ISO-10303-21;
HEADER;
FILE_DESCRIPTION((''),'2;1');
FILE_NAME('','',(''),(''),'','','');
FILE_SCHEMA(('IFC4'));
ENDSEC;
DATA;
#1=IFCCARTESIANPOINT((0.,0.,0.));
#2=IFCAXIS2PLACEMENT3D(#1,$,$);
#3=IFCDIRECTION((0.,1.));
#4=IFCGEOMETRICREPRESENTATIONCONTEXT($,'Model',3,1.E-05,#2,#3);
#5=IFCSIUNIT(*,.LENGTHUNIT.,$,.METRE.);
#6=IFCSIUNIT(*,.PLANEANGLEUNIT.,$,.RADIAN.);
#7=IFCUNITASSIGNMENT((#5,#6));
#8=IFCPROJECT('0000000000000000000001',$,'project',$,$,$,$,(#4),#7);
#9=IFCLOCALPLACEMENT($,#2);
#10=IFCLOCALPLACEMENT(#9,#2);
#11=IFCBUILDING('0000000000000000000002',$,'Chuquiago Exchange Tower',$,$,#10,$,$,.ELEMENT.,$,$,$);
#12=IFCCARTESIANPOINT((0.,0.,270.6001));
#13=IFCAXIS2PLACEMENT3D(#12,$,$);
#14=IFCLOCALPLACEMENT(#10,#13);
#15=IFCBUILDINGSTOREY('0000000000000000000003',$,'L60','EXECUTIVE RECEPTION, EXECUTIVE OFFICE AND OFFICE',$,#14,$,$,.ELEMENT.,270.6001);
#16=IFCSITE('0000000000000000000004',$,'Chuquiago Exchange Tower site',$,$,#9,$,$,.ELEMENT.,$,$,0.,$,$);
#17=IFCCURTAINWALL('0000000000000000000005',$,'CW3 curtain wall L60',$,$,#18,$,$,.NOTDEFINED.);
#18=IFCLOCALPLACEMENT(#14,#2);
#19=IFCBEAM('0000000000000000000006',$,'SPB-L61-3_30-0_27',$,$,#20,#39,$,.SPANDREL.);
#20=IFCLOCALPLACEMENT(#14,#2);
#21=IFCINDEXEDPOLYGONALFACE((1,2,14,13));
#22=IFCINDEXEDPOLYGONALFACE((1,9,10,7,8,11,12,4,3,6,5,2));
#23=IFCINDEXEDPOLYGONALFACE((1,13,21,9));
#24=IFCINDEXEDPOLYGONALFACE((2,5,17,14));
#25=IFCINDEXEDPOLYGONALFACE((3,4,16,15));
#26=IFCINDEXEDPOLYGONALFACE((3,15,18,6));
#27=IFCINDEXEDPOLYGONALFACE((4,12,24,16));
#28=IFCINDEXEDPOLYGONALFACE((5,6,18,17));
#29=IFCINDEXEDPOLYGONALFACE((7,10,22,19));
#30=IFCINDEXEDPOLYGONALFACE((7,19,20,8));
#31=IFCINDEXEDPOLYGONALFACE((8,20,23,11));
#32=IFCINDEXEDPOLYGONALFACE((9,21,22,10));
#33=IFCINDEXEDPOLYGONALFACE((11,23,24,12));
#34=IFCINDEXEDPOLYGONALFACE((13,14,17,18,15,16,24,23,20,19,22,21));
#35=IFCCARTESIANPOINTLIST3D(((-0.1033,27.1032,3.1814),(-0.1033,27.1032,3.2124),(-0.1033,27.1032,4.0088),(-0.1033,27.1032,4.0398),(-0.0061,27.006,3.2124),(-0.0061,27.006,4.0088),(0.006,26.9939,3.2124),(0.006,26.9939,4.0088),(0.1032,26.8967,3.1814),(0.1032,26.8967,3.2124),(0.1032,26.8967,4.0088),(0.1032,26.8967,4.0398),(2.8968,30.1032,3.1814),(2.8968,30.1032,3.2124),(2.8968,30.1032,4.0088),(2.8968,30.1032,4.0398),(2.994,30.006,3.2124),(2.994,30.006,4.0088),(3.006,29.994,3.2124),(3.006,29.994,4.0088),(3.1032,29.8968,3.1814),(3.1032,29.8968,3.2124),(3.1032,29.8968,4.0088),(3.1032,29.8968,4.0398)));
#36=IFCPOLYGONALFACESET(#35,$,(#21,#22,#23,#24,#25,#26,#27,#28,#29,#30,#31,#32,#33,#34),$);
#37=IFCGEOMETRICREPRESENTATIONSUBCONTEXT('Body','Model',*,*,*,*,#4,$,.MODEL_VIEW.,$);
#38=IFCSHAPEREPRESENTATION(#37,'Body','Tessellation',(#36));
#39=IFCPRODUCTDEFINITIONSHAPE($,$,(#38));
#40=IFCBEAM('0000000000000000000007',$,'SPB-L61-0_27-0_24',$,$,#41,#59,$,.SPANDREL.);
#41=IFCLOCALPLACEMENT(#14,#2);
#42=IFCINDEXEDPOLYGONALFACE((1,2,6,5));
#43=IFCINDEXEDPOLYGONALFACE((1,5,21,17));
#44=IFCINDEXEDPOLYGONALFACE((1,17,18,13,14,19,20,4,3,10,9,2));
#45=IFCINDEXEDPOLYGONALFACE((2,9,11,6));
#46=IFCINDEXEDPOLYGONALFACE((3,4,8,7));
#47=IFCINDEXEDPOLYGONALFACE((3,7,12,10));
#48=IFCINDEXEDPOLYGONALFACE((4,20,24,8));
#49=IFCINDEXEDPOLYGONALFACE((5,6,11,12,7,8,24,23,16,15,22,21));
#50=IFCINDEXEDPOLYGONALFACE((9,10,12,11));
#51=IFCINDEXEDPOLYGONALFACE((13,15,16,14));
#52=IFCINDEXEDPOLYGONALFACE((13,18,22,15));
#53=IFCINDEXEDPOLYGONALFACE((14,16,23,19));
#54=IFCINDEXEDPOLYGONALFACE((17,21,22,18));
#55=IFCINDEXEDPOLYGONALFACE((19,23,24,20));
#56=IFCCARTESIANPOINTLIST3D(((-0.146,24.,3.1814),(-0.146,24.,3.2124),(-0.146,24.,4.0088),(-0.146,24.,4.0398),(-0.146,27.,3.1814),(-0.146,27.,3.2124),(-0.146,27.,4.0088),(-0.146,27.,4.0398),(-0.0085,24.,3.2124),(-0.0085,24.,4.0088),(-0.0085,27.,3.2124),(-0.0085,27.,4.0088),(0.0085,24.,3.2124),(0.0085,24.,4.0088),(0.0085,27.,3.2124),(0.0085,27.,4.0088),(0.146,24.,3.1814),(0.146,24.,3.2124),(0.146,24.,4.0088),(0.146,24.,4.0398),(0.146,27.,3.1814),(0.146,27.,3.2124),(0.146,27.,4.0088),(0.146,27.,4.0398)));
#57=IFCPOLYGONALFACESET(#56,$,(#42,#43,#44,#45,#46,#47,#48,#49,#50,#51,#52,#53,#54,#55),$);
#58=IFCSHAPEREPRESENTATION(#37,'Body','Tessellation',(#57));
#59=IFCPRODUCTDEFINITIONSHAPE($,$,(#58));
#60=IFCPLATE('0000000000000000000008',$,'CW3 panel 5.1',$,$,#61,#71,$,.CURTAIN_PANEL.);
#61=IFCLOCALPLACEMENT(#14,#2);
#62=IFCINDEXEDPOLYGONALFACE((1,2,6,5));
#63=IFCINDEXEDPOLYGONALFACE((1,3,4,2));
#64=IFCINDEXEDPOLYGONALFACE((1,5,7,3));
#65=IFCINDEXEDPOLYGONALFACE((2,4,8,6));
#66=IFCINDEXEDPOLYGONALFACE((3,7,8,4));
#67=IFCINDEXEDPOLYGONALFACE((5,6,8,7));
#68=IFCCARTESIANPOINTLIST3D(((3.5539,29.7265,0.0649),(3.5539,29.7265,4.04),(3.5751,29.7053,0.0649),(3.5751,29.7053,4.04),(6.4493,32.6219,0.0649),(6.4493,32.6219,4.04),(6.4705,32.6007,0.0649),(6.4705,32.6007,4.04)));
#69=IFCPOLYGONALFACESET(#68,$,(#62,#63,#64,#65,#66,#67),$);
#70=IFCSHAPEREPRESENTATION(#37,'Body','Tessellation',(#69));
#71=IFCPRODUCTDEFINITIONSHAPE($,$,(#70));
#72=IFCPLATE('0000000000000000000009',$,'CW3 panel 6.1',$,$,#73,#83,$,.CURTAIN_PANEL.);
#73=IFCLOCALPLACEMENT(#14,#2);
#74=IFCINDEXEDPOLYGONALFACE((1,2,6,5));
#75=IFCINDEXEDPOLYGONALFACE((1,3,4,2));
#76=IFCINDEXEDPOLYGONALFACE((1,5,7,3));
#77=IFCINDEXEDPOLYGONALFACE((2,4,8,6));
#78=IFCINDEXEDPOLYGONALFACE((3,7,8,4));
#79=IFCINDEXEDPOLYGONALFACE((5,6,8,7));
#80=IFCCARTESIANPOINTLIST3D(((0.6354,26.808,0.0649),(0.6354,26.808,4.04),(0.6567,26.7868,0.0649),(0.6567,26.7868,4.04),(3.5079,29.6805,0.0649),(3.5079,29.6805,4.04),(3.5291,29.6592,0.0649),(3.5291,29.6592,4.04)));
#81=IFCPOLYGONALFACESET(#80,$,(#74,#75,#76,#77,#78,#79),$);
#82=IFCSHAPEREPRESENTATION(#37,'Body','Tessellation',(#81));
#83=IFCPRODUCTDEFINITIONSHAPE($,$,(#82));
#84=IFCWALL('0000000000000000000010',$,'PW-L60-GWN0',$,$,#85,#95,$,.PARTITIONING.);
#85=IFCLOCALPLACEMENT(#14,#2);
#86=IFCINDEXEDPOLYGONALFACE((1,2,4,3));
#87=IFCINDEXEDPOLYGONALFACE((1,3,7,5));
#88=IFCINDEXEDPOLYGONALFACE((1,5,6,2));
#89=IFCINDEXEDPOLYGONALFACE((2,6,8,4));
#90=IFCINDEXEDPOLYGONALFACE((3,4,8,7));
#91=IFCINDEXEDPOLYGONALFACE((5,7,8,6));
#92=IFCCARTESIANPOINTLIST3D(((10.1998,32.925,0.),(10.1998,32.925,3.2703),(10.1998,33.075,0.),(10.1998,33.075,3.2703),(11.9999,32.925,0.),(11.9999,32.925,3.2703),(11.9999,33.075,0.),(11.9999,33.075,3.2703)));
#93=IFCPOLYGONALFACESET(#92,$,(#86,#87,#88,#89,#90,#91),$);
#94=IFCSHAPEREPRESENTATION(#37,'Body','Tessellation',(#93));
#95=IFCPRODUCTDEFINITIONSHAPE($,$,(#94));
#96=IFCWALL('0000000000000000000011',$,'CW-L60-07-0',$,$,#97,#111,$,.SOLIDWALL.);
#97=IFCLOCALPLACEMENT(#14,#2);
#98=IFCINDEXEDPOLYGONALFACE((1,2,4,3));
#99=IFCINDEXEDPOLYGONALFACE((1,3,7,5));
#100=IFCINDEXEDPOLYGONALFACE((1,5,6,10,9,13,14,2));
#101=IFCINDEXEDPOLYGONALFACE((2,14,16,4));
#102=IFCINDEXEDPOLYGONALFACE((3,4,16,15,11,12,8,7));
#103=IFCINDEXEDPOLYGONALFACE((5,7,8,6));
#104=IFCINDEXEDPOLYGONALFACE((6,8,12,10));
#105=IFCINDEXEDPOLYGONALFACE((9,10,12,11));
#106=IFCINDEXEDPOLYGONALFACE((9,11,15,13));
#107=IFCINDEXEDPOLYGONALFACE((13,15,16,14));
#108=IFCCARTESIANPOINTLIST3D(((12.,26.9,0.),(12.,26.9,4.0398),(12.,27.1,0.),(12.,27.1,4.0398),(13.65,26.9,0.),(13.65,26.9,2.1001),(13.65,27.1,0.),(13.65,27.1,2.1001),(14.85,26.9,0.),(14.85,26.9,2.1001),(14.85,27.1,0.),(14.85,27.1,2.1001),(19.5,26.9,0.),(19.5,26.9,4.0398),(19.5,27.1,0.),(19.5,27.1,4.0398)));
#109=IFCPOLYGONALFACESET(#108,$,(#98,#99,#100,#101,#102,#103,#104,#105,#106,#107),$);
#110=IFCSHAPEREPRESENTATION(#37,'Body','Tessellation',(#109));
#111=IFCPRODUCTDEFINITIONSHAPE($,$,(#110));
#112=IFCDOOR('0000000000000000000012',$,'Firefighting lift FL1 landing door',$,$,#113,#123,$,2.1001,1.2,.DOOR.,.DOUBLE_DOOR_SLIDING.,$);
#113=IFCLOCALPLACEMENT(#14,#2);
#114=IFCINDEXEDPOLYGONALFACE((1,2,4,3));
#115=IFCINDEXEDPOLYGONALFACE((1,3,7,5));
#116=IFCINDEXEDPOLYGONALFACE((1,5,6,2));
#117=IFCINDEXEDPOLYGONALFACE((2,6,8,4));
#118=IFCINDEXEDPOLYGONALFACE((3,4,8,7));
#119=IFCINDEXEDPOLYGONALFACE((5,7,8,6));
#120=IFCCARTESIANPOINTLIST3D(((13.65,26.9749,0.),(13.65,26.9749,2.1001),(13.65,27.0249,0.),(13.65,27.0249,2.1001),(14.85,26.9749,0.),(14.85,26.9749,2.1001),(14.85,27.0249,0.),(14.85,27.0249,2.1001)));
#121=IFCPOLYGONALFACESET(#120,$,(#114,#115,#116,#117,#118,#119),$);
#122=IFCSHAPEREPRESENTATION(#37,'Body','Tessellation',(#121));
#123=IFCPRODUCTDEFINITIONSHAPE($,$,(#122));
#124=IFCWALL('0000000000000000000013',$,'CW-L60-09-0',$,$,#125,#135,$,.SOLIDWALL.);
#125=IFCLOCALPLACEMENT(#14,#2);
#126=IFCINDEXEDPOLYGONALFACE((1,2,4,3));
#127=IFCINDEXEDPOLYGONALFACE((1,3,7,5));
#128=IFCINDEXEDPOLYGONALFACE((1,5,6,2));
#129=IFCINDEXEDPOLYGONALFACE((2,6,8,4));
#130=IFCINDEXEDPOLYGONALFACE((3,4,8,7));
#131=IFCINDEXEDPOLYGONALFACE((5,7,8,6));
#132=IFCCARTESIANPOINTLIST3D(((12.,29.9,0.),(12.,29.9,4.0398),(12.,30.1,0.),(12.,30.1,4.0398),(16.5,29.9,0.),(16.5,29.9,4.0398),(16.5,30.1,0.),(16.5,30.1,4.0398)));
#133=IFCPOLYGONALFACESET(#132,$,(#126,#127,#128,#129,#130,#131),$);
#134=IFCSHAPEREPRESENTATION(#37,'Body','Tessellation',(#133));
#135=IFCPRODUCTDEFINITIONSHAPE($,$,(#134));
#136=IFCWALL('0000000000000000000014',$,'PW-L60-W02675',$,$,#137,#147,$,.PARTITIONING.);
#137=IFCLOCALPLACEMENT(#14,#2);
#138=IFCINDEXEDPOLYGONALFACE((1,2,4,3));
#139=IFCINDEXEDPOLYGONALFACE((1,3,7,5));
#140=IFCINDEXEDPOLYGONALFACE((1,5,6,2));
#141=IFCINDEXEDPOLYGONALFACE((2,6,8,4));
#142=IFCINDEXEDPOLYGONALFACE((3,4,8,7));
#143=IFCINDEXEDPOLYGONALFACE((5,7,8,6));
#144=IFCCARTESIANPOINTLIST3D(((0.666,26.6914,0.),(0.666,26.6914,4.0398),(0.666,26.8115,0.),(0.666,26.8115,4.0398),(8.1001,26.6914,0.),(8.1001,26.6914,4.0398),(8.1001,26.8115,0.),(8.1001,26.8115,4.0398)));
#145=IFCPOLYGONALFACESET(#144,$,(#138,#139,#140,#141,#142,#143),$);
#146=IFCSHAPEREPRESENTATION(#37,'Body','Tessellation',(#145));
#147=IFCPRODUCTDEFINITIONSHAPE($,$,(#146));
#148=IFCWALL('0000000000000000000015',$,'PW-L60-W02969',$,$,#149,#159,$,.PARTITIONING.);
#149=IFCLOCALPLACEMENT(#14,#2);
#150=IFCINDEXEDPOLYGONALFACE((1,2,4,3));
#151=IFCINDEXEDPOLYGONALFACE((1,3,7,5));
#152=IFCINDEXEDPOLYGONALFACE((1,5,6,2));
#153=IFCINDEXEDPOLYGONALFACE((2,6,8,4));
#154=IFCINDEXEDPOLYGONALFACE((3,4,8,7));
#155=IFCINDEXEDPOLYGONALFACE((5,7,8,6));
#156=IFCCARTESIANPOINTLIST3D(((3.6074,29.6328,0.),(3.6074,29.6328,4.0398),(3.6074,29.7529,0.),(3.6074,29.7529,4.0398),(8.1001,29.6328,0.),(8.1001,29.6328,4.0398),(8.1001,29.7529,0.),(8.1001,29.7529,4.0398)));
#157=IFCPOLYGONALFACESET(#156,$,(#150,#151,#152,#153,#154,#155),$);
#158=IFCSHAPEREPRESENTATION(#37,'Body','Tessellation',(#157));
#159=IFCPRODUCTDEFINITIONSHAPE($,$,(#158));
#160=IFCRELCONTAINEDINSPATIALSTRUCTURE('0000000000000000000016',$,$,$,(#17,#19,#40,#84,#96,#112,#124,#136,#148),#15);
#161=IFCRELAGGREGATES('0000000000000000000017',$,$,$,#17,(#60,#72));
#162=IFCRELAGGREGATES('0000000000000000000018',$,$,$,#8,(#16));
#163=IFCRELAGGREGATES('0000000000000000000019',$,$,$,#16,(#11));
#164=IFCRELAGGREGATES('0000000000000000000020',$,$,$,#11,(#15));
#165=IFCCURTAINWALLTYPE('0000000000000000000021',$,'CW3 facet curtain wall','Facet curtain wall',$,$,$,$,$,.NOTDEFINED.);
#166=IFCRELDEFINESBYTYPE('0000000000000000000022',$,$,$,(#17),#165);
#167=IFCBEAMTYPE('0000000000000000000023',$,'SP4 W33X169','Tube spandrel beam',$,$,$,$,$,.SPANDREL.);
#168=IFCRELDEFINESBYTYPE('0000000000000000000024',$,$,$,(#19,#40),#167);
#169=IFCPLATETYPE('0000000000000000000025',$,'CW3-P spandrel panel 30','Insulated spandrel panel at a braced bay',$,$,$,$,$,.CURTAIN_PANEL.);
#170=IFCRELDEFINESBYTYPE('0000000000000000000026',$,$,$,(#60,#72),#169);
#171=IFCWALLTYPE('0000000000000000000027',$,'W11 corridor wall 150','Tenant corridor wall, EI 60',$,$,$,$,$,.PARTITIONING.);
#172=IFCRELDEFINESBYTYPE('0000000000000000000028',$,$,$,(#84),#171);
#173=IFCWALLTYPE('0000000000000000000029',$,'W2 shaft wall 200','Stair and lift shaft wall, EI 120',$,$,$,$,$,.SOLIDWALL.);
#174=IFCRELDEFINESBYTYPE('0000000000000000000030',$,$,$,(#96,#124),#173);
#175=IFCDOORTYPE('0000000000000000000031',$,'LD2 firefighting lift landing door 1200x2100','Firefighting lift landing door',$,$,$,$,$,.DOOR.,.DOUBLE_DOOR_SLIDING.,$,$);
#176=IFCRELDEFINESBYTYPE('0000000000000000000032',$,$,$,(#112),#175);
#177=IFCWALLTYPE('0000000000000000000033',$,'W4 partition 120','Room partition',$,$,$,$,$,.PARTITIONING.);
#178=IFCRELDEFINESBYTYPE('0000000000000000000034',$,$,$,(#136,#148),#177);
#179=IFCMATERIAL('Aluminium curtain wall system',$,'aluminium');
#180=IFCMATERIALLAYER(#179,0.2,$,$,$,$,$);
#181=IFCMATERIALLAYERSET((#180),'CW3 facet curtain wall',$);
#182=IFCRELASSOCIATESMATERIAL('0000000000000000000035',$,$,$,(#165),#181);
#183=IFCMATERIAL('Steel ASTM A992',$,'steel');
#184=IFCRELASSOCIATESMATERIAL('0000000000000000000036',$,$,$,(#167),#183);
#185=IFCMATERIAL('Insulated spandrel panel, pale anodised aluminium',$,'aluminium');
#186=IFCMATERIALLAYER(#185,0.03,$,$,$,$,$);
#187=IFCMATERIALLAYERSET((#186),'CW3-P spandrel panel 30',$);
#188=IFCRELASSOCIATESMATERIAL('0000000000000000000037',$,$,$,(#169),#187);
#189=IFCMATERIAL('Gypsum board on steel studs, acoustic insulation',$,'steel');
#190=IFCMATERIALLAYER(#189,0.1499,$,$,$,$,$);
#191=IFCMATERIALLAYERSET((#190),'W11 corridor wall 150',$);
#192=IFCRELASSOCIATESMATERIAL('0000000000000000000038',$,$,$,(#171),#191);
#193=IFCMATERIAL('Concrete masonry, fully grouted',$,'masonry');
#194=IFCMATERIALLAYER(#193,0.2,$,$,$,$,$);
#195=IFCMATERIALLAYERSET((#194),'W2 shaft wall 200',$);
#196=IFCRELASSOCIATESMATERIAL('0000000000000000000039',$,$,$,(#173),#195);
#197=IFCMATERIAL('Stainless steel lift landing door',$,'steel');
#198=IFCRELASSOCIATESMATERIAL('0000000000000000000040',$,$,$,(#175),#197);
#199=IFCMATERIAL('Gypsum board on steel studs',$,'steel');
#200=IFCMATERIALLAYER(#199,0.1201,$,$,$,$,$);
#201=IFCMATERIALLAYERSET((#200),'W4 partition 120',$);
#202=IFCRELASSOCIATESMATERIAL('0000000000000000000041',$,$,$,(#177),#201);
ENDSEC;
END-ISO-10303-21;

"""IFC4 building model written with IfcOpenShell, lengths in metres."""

from ifc_helpers import new_model, si_unit, direction, frame, frame_2d, origin, origin_2d, place, context, subcontext, project, spatial, rectangle, i_section, extrude, material, layer, layer_set, material_profile, profile_set, type_object, element, fill, aggregate, save


model = new_model("IFC4")

# Units and contexts
model_context = context("Model", 3, precision=1e-05, world=origin(), true_north=direction((0.0, 1.0)))
body_context = subcontext(model_context, "Body", "Model", "MODEL_VIEW")
ifc_project = project(units=[si_unit("LENGTHUNIT", "METRE"), si_unit("PLANEANGLEUNIT", "RADIAN")], contexts=[model_context])

# Site, building, storey
site_placement = place(None, origin())
site = spatial("IfcSite", under=ifc_project, at=site_placement, Name="Chuquiago Exchange Tower site", CompositionType="ELEMENT", RefElevation=0.0)
building_placement = place(site_placement, origin())
building = spatial("IfcBuilding", under=site, at=building_placement, Name="Chuquiago Exchange Tower", CompositionType="ELEMENT")
storey_placement = place(building_placement, frame((0.0, 0.0, 270.6001)))
storey = spatial("IfcBuildingStorey", under=building, at=storey_placement, Name="L60", Description="EXECUTIVE RECEPTION, EXECUTIVE OFFICE AND OFFICE", CompositionType="ELEMENT", Elevation=270.6001)

# Curtain wall
ifc_material_1 = material(Name="Aluminium curtain wall system", Category="aluminium")
ifc_layer_1 = layer(ifc_material_1, 0.2)
ifc_layer_set_1 = layer_set([ifc_layer_1], Name="CW3 facet curtain wall")
curtain_wall_type_1 = type_object("IfcCurtainWallType", Name="CW3 facet curtain wall", Description="Facet curtain wall", PredefinedType="NOTDEFINED", material=ifc_layer_set_1)
curtain_wall_1_placement = place(storey_placement, origin())
curtain_wall_1 = element("IfcCurtainWall", 1, at=curtain_wall_1_placement, inside=storey, type_object=curtain_wall_type_1, Name="CW3 curtain wall L60", PredefinedType="NOTDEFINED")

# Beams
ifc_material_2 = material(Name="Steel ASTM A992", Category="steel")
ifc_material_profile_1 = material_profile(ifc_material_2, i_section(OverallWidth=0.292, OverallDepth=0.8584, WebThickness=0.0171, FlangeThickness=0.031, at=origin_2d()), Name="W33X169")
ifc_profile_set_1 = profile_set([ifc_material_profile_1], Name="Steel ASTM A992")
beam_type_1 = type_object("IfcBeamType", Name="SP4 W33X169", Description="Tube spandrel beam", PredefinedType="SPANDREL", material=ifc_profile_set_1)
for number, where, z_axis, x_axis, name in (
    (2, (3.0, 30.0, 3.6106), (-0.707107, -0.707107, 0.0), (0.707107, -0.707107, 0.0), "SPB-L61-3_30-0_27"),
):
    element("IfcBeam", number, at=place(storey_placement, frame(where, z_axis=z_axis, x_axis=x_axis)), inside=storey, type_object=beam_type_1, Name=name, PredefinedType="SPANDREL", context=body_context, shape_type="SweptSolid", body=[
        extrude(i_section(OverallWidth=0.292, OverallDepth=0.8584, WebThickness=0.0171, FlangeThickness=0.031, at=origin_2d()), origin(), (0.0, 0.0, 1.0), 4.2427),
    ])
beam_1_placement = place(storey_placement, frame((0.0, 27.0, 3.6106), z_axis=(0.0, -1.0, 0.0), x_axis=(1.0, 0.0, 0.0)))
element("IfcBeam", 3, at=beam_1_placement, inside=storey, type_object=beam_type_1, Name="SPB-L61-0_27-0_24", PredefinedType="SPANDREL", context=body_context, shape_type="SweptSolid", body=[
    extrude(i_section(OverallWidth=0.292, OverallDepth=0.8584, WebThickness=0.0171, FlangeThickness=0.031, at=origin_2d()), origin(), (0.0, 0.0, 1.0), 3.0),
])

# Plates
ifc_material_3 = material(Name="Insulated spandrel panel, pale anodised aluminium", Category="aluminium")
ifc_layer_2 = layer(ifc_material_3, 0.03)
ifc_layer_set_2 = layer_set([ifc_layer_2], Name="CW3-P spandrel panel 30")
plate_type = type_object("IfcPlateType", Name="CW3-P spandrel panel 30", Description="Insulated spandrel panel at a braced bay", PredefinedType="CURTAIN_PANEL", material=ifc_layer_set_2)
plate_1_placement = place(storey_placement, frame((5.0122, 31.1636, 0.0649), z_axis=(0.0, 0.0, 1.0), x_axis=(-0.707107, -0.707107, 0.0)))
plate_1 = element("IfcPlate", 4, at=plate_1_placement, type_object=plate_type, Name="CW3 panel 5.1", PredefinedType="CURTAIN_PANEL", context=body_context, shape_type="SweptSolid", body=[
    extrude(rectangle(XDim=4.0947, YDim=0.03, at=origin_2d()), origin(), (0.0, 0.0, 1.0), 3.9751),
])
plate_2_placement = place(storey_placement, frame((2.0823, 28.2336, 0.0649), z_axis=(0.0, 0.0, 1.0), x_axis=(-0.707107, -0.707107, 0.0)))
plate_2 = element("IfcPlate", 5, at=plate_2_placement, type_object=plate_type, Name="CW3 panel 6.1", PredefinedType="CURTAIN_PANEL", context=body_context, shape_type="SweptSolid", body=[
    extrude(rectangle(XDim=4.0623, YDim=0.03, at=origin_2d()), origin(), (0.0, 0.0, 1.0), 3.9751),
])
aggregate(curtain_wall_1, [plate_1, plate_2])

# Wall
ifc_material_4 = material(Name="Gypsum board on steel studs, acoustic insulation", Category="steel")
ifc_layer_3 = layer(ifc_material_4, 0.1499)
ifc_layer_set_3 = layer_set([ifc_layer_3], Name="W11 corridor wall 150")
wall_type_1 = type_object("IfcWallType", Name="W11 corridor wall 150", Description="Tenant corridor wall, EI 60", PredefinedType="PARTITIONING", material=ifc_layer_set_3)
wall_1_placement = place(storey_placement, frame((10.2, 33.0, 0.0), z_axis=(0.0, 0.0, 1.0), x_axis=(1.0, 0.0, 0.0)))
element("IfcWall", 6, at=wall_1_placement, inside=storey, type_object=wall_type_1, Name="PW-L60-GWN0", PredefinedType="PARTITIONING", context=body_context, shape_type="SweptSolid", body=[
    extrude(rectangle(XDim=1.8, YDim=0.1499, at=frame_2d((0.8999, 0.0))), origin(), (0.0, 0.0, 1.0), 3.2703),
])

# Wall, opening, door
ifc_material_5 = material(Name="Concrete masonry, fully grouted", Category="masonry")
ifc_layer_4 = layer(ifc_material_5, 0.2)
ifc_layer_set_4 = layer_set([ifc_layer_4], Name="W2 shaft wall 200")
wall_type_2 = type_object("IfcWallType", Name="W2 shaft wall 200", Description="Stair and lift shaft wall, EI 120", PredefinedType="SOLIDWALL", material=ifc_layer_set_4)
wall_2_placement = place(storey_placement, frame((12.0, 27.0, 0.0), z_axis=(0.0, 0.0, 1.0), x_axis=(1.0, 0.0, 0.0)))
wall_2 = element("IfcWall", 7, at=wall_2_placement, inside=storey, type_object=wall_type_2, Name="CW-L60-07-0", PredefinedType="SOLIDWALL", context=body_context, shape_type="SweptSolid", body=[
    extrude(rectangle(XDim=7.5, YDim=0.2, at=frame_2d((3.75, 0.0))), origin(), (0.0, 0.0, 1.0), 4.0398),
])
opening_1_placement = place(wall_2_placement, frame((1.6499, 0.0, 0.0)))
opening_1 = element("IfcOpeningElement", 8, at=opening_1_placement, cuts=wall_2, PredefinedType="OPENING", context=body_context, shape_type="SweptSolid", body=[
    extrude(rectangle(XDim=1.2, YDim=2.1001, at=frame_2d((0.6001, 1.05))), frame((0.0, 0.1099, 0.0), z_axis=(0.0, -1.0, 0.0), x_axis=(1.0, 0.0, 0.0)), (0.0, 0.0, 1.0), 0.22),
])
ifc_material_6 = material(Name="Stainless steel lift landing door", Category="steel")
door_type_1 = type_object("IfcDoorType", Name="LD2 firefighting lift landing door 1200x2100", Description="Firefighting lift landing door", OperationType="DOUBLE_DOOR_SLIDING", PredefinedType="DOOR", material=ifc_material_6)
door_1_placement = place(opening_1_placement, origin())
door_1 = element("IfcDoor", 9, at=door_1_placement, inside=storey, type_object=door_type_1, Name="Firefighting lift FL1 landing door", OperationType="DOUBLE_DOOR_SLIDING", OverallHeight=2.1001, OverallWidth=1.2, PredefinedType="DOOR", context=body_context, shape_type="SweptSolid", body=[
    extrude(rectangle(XDim=1.2, YDim=2.1001, at=frame_2d((0.6001, 1.05))), frame((0.0, 0.0249, 0.0), z_axis=(0.0, -1.0, 0.0), x_axis=(1.0, 0.0, 0.0)), (0.0, 0.0, 1.0), 0.05),
])
fill(opening_1, door_1)

# Walls
wall_3_placement = place(storey_placement, frame((12.0, 30.0, 0.0), z_axis=(0.0, 0.0, 1.0), x_axis=(1.0, 0.0, 0.0)))
element("IfcWall", 10, at=wall_3_placement, inside=storey, type_object=wall_type_2, Name="CW-L60-09-0", PredefinedType="SOLIDWALL", context=body_context, shape_type="SweptSolid", body=[
    extrude(rectangle(XDim=4.5, YDim=0.2, at=frame_2d((2.25, 0.0))), origin(), (0.0, 0.0, 1.0), 4.0398),
])
ifc_material_7 = material(Name="Gypsum board on steel studs", Category="steel")
ifc_layer_5 = layer(ifc_material_7, 0.1201)
ifc_layer_set_5 = layer_set([ifc_layer_5], Name="W4 partition 120")
wall_type_3 = type_object("IfcWallType", Name="W4 partition 120", Description="Room partition", PredefinedType="PARTITIONING", material=ifc_layer_set_5)
wall_4_placement = place(storey_placement, frame((0.666, 26.7515, 0.0), z_axis=(0.0, 0.0, 1.0), x_axis=(1.0, 0.0, 0.0)))
element("IfcWall", 11, at=wall_4_placement, inside=storey, type_object=wall_type_3, Name="PW-L60-W02675", PredefinedType="PARTITIONING", context=body_context, shape_type="SweptSolid", body=[
    extrude(rectangle(XDim=7.4341, YDim=0.1201, at=frame_2d((3.717, 0.0))), origin(), (0.0, 0.0, 1.0), 4.0398),
])
wall_5_placement = place(storey_placement, frame((3.6074, 29.6929, 0.0), z_axis=(0.0, 0.0, 1.0), x_axis=(1.0, 0.0, 0.0)))
element("IfcWall", 12, at=wall_5_placement, inside=storey, type_object=wall_type_3, Name="PW-L60-W02969", PredefinedType="PARTITIONING", context=body_context, shape_type="SweptSolid", body=[
    extrude(rectangle(XDim=4.4927, YDim=0.1201, at=frame_2d((2.2463, 0.0))), origin(), (0.0, 0.0, 1.0), 4.0398),
])

save(model, "model.ifc")
